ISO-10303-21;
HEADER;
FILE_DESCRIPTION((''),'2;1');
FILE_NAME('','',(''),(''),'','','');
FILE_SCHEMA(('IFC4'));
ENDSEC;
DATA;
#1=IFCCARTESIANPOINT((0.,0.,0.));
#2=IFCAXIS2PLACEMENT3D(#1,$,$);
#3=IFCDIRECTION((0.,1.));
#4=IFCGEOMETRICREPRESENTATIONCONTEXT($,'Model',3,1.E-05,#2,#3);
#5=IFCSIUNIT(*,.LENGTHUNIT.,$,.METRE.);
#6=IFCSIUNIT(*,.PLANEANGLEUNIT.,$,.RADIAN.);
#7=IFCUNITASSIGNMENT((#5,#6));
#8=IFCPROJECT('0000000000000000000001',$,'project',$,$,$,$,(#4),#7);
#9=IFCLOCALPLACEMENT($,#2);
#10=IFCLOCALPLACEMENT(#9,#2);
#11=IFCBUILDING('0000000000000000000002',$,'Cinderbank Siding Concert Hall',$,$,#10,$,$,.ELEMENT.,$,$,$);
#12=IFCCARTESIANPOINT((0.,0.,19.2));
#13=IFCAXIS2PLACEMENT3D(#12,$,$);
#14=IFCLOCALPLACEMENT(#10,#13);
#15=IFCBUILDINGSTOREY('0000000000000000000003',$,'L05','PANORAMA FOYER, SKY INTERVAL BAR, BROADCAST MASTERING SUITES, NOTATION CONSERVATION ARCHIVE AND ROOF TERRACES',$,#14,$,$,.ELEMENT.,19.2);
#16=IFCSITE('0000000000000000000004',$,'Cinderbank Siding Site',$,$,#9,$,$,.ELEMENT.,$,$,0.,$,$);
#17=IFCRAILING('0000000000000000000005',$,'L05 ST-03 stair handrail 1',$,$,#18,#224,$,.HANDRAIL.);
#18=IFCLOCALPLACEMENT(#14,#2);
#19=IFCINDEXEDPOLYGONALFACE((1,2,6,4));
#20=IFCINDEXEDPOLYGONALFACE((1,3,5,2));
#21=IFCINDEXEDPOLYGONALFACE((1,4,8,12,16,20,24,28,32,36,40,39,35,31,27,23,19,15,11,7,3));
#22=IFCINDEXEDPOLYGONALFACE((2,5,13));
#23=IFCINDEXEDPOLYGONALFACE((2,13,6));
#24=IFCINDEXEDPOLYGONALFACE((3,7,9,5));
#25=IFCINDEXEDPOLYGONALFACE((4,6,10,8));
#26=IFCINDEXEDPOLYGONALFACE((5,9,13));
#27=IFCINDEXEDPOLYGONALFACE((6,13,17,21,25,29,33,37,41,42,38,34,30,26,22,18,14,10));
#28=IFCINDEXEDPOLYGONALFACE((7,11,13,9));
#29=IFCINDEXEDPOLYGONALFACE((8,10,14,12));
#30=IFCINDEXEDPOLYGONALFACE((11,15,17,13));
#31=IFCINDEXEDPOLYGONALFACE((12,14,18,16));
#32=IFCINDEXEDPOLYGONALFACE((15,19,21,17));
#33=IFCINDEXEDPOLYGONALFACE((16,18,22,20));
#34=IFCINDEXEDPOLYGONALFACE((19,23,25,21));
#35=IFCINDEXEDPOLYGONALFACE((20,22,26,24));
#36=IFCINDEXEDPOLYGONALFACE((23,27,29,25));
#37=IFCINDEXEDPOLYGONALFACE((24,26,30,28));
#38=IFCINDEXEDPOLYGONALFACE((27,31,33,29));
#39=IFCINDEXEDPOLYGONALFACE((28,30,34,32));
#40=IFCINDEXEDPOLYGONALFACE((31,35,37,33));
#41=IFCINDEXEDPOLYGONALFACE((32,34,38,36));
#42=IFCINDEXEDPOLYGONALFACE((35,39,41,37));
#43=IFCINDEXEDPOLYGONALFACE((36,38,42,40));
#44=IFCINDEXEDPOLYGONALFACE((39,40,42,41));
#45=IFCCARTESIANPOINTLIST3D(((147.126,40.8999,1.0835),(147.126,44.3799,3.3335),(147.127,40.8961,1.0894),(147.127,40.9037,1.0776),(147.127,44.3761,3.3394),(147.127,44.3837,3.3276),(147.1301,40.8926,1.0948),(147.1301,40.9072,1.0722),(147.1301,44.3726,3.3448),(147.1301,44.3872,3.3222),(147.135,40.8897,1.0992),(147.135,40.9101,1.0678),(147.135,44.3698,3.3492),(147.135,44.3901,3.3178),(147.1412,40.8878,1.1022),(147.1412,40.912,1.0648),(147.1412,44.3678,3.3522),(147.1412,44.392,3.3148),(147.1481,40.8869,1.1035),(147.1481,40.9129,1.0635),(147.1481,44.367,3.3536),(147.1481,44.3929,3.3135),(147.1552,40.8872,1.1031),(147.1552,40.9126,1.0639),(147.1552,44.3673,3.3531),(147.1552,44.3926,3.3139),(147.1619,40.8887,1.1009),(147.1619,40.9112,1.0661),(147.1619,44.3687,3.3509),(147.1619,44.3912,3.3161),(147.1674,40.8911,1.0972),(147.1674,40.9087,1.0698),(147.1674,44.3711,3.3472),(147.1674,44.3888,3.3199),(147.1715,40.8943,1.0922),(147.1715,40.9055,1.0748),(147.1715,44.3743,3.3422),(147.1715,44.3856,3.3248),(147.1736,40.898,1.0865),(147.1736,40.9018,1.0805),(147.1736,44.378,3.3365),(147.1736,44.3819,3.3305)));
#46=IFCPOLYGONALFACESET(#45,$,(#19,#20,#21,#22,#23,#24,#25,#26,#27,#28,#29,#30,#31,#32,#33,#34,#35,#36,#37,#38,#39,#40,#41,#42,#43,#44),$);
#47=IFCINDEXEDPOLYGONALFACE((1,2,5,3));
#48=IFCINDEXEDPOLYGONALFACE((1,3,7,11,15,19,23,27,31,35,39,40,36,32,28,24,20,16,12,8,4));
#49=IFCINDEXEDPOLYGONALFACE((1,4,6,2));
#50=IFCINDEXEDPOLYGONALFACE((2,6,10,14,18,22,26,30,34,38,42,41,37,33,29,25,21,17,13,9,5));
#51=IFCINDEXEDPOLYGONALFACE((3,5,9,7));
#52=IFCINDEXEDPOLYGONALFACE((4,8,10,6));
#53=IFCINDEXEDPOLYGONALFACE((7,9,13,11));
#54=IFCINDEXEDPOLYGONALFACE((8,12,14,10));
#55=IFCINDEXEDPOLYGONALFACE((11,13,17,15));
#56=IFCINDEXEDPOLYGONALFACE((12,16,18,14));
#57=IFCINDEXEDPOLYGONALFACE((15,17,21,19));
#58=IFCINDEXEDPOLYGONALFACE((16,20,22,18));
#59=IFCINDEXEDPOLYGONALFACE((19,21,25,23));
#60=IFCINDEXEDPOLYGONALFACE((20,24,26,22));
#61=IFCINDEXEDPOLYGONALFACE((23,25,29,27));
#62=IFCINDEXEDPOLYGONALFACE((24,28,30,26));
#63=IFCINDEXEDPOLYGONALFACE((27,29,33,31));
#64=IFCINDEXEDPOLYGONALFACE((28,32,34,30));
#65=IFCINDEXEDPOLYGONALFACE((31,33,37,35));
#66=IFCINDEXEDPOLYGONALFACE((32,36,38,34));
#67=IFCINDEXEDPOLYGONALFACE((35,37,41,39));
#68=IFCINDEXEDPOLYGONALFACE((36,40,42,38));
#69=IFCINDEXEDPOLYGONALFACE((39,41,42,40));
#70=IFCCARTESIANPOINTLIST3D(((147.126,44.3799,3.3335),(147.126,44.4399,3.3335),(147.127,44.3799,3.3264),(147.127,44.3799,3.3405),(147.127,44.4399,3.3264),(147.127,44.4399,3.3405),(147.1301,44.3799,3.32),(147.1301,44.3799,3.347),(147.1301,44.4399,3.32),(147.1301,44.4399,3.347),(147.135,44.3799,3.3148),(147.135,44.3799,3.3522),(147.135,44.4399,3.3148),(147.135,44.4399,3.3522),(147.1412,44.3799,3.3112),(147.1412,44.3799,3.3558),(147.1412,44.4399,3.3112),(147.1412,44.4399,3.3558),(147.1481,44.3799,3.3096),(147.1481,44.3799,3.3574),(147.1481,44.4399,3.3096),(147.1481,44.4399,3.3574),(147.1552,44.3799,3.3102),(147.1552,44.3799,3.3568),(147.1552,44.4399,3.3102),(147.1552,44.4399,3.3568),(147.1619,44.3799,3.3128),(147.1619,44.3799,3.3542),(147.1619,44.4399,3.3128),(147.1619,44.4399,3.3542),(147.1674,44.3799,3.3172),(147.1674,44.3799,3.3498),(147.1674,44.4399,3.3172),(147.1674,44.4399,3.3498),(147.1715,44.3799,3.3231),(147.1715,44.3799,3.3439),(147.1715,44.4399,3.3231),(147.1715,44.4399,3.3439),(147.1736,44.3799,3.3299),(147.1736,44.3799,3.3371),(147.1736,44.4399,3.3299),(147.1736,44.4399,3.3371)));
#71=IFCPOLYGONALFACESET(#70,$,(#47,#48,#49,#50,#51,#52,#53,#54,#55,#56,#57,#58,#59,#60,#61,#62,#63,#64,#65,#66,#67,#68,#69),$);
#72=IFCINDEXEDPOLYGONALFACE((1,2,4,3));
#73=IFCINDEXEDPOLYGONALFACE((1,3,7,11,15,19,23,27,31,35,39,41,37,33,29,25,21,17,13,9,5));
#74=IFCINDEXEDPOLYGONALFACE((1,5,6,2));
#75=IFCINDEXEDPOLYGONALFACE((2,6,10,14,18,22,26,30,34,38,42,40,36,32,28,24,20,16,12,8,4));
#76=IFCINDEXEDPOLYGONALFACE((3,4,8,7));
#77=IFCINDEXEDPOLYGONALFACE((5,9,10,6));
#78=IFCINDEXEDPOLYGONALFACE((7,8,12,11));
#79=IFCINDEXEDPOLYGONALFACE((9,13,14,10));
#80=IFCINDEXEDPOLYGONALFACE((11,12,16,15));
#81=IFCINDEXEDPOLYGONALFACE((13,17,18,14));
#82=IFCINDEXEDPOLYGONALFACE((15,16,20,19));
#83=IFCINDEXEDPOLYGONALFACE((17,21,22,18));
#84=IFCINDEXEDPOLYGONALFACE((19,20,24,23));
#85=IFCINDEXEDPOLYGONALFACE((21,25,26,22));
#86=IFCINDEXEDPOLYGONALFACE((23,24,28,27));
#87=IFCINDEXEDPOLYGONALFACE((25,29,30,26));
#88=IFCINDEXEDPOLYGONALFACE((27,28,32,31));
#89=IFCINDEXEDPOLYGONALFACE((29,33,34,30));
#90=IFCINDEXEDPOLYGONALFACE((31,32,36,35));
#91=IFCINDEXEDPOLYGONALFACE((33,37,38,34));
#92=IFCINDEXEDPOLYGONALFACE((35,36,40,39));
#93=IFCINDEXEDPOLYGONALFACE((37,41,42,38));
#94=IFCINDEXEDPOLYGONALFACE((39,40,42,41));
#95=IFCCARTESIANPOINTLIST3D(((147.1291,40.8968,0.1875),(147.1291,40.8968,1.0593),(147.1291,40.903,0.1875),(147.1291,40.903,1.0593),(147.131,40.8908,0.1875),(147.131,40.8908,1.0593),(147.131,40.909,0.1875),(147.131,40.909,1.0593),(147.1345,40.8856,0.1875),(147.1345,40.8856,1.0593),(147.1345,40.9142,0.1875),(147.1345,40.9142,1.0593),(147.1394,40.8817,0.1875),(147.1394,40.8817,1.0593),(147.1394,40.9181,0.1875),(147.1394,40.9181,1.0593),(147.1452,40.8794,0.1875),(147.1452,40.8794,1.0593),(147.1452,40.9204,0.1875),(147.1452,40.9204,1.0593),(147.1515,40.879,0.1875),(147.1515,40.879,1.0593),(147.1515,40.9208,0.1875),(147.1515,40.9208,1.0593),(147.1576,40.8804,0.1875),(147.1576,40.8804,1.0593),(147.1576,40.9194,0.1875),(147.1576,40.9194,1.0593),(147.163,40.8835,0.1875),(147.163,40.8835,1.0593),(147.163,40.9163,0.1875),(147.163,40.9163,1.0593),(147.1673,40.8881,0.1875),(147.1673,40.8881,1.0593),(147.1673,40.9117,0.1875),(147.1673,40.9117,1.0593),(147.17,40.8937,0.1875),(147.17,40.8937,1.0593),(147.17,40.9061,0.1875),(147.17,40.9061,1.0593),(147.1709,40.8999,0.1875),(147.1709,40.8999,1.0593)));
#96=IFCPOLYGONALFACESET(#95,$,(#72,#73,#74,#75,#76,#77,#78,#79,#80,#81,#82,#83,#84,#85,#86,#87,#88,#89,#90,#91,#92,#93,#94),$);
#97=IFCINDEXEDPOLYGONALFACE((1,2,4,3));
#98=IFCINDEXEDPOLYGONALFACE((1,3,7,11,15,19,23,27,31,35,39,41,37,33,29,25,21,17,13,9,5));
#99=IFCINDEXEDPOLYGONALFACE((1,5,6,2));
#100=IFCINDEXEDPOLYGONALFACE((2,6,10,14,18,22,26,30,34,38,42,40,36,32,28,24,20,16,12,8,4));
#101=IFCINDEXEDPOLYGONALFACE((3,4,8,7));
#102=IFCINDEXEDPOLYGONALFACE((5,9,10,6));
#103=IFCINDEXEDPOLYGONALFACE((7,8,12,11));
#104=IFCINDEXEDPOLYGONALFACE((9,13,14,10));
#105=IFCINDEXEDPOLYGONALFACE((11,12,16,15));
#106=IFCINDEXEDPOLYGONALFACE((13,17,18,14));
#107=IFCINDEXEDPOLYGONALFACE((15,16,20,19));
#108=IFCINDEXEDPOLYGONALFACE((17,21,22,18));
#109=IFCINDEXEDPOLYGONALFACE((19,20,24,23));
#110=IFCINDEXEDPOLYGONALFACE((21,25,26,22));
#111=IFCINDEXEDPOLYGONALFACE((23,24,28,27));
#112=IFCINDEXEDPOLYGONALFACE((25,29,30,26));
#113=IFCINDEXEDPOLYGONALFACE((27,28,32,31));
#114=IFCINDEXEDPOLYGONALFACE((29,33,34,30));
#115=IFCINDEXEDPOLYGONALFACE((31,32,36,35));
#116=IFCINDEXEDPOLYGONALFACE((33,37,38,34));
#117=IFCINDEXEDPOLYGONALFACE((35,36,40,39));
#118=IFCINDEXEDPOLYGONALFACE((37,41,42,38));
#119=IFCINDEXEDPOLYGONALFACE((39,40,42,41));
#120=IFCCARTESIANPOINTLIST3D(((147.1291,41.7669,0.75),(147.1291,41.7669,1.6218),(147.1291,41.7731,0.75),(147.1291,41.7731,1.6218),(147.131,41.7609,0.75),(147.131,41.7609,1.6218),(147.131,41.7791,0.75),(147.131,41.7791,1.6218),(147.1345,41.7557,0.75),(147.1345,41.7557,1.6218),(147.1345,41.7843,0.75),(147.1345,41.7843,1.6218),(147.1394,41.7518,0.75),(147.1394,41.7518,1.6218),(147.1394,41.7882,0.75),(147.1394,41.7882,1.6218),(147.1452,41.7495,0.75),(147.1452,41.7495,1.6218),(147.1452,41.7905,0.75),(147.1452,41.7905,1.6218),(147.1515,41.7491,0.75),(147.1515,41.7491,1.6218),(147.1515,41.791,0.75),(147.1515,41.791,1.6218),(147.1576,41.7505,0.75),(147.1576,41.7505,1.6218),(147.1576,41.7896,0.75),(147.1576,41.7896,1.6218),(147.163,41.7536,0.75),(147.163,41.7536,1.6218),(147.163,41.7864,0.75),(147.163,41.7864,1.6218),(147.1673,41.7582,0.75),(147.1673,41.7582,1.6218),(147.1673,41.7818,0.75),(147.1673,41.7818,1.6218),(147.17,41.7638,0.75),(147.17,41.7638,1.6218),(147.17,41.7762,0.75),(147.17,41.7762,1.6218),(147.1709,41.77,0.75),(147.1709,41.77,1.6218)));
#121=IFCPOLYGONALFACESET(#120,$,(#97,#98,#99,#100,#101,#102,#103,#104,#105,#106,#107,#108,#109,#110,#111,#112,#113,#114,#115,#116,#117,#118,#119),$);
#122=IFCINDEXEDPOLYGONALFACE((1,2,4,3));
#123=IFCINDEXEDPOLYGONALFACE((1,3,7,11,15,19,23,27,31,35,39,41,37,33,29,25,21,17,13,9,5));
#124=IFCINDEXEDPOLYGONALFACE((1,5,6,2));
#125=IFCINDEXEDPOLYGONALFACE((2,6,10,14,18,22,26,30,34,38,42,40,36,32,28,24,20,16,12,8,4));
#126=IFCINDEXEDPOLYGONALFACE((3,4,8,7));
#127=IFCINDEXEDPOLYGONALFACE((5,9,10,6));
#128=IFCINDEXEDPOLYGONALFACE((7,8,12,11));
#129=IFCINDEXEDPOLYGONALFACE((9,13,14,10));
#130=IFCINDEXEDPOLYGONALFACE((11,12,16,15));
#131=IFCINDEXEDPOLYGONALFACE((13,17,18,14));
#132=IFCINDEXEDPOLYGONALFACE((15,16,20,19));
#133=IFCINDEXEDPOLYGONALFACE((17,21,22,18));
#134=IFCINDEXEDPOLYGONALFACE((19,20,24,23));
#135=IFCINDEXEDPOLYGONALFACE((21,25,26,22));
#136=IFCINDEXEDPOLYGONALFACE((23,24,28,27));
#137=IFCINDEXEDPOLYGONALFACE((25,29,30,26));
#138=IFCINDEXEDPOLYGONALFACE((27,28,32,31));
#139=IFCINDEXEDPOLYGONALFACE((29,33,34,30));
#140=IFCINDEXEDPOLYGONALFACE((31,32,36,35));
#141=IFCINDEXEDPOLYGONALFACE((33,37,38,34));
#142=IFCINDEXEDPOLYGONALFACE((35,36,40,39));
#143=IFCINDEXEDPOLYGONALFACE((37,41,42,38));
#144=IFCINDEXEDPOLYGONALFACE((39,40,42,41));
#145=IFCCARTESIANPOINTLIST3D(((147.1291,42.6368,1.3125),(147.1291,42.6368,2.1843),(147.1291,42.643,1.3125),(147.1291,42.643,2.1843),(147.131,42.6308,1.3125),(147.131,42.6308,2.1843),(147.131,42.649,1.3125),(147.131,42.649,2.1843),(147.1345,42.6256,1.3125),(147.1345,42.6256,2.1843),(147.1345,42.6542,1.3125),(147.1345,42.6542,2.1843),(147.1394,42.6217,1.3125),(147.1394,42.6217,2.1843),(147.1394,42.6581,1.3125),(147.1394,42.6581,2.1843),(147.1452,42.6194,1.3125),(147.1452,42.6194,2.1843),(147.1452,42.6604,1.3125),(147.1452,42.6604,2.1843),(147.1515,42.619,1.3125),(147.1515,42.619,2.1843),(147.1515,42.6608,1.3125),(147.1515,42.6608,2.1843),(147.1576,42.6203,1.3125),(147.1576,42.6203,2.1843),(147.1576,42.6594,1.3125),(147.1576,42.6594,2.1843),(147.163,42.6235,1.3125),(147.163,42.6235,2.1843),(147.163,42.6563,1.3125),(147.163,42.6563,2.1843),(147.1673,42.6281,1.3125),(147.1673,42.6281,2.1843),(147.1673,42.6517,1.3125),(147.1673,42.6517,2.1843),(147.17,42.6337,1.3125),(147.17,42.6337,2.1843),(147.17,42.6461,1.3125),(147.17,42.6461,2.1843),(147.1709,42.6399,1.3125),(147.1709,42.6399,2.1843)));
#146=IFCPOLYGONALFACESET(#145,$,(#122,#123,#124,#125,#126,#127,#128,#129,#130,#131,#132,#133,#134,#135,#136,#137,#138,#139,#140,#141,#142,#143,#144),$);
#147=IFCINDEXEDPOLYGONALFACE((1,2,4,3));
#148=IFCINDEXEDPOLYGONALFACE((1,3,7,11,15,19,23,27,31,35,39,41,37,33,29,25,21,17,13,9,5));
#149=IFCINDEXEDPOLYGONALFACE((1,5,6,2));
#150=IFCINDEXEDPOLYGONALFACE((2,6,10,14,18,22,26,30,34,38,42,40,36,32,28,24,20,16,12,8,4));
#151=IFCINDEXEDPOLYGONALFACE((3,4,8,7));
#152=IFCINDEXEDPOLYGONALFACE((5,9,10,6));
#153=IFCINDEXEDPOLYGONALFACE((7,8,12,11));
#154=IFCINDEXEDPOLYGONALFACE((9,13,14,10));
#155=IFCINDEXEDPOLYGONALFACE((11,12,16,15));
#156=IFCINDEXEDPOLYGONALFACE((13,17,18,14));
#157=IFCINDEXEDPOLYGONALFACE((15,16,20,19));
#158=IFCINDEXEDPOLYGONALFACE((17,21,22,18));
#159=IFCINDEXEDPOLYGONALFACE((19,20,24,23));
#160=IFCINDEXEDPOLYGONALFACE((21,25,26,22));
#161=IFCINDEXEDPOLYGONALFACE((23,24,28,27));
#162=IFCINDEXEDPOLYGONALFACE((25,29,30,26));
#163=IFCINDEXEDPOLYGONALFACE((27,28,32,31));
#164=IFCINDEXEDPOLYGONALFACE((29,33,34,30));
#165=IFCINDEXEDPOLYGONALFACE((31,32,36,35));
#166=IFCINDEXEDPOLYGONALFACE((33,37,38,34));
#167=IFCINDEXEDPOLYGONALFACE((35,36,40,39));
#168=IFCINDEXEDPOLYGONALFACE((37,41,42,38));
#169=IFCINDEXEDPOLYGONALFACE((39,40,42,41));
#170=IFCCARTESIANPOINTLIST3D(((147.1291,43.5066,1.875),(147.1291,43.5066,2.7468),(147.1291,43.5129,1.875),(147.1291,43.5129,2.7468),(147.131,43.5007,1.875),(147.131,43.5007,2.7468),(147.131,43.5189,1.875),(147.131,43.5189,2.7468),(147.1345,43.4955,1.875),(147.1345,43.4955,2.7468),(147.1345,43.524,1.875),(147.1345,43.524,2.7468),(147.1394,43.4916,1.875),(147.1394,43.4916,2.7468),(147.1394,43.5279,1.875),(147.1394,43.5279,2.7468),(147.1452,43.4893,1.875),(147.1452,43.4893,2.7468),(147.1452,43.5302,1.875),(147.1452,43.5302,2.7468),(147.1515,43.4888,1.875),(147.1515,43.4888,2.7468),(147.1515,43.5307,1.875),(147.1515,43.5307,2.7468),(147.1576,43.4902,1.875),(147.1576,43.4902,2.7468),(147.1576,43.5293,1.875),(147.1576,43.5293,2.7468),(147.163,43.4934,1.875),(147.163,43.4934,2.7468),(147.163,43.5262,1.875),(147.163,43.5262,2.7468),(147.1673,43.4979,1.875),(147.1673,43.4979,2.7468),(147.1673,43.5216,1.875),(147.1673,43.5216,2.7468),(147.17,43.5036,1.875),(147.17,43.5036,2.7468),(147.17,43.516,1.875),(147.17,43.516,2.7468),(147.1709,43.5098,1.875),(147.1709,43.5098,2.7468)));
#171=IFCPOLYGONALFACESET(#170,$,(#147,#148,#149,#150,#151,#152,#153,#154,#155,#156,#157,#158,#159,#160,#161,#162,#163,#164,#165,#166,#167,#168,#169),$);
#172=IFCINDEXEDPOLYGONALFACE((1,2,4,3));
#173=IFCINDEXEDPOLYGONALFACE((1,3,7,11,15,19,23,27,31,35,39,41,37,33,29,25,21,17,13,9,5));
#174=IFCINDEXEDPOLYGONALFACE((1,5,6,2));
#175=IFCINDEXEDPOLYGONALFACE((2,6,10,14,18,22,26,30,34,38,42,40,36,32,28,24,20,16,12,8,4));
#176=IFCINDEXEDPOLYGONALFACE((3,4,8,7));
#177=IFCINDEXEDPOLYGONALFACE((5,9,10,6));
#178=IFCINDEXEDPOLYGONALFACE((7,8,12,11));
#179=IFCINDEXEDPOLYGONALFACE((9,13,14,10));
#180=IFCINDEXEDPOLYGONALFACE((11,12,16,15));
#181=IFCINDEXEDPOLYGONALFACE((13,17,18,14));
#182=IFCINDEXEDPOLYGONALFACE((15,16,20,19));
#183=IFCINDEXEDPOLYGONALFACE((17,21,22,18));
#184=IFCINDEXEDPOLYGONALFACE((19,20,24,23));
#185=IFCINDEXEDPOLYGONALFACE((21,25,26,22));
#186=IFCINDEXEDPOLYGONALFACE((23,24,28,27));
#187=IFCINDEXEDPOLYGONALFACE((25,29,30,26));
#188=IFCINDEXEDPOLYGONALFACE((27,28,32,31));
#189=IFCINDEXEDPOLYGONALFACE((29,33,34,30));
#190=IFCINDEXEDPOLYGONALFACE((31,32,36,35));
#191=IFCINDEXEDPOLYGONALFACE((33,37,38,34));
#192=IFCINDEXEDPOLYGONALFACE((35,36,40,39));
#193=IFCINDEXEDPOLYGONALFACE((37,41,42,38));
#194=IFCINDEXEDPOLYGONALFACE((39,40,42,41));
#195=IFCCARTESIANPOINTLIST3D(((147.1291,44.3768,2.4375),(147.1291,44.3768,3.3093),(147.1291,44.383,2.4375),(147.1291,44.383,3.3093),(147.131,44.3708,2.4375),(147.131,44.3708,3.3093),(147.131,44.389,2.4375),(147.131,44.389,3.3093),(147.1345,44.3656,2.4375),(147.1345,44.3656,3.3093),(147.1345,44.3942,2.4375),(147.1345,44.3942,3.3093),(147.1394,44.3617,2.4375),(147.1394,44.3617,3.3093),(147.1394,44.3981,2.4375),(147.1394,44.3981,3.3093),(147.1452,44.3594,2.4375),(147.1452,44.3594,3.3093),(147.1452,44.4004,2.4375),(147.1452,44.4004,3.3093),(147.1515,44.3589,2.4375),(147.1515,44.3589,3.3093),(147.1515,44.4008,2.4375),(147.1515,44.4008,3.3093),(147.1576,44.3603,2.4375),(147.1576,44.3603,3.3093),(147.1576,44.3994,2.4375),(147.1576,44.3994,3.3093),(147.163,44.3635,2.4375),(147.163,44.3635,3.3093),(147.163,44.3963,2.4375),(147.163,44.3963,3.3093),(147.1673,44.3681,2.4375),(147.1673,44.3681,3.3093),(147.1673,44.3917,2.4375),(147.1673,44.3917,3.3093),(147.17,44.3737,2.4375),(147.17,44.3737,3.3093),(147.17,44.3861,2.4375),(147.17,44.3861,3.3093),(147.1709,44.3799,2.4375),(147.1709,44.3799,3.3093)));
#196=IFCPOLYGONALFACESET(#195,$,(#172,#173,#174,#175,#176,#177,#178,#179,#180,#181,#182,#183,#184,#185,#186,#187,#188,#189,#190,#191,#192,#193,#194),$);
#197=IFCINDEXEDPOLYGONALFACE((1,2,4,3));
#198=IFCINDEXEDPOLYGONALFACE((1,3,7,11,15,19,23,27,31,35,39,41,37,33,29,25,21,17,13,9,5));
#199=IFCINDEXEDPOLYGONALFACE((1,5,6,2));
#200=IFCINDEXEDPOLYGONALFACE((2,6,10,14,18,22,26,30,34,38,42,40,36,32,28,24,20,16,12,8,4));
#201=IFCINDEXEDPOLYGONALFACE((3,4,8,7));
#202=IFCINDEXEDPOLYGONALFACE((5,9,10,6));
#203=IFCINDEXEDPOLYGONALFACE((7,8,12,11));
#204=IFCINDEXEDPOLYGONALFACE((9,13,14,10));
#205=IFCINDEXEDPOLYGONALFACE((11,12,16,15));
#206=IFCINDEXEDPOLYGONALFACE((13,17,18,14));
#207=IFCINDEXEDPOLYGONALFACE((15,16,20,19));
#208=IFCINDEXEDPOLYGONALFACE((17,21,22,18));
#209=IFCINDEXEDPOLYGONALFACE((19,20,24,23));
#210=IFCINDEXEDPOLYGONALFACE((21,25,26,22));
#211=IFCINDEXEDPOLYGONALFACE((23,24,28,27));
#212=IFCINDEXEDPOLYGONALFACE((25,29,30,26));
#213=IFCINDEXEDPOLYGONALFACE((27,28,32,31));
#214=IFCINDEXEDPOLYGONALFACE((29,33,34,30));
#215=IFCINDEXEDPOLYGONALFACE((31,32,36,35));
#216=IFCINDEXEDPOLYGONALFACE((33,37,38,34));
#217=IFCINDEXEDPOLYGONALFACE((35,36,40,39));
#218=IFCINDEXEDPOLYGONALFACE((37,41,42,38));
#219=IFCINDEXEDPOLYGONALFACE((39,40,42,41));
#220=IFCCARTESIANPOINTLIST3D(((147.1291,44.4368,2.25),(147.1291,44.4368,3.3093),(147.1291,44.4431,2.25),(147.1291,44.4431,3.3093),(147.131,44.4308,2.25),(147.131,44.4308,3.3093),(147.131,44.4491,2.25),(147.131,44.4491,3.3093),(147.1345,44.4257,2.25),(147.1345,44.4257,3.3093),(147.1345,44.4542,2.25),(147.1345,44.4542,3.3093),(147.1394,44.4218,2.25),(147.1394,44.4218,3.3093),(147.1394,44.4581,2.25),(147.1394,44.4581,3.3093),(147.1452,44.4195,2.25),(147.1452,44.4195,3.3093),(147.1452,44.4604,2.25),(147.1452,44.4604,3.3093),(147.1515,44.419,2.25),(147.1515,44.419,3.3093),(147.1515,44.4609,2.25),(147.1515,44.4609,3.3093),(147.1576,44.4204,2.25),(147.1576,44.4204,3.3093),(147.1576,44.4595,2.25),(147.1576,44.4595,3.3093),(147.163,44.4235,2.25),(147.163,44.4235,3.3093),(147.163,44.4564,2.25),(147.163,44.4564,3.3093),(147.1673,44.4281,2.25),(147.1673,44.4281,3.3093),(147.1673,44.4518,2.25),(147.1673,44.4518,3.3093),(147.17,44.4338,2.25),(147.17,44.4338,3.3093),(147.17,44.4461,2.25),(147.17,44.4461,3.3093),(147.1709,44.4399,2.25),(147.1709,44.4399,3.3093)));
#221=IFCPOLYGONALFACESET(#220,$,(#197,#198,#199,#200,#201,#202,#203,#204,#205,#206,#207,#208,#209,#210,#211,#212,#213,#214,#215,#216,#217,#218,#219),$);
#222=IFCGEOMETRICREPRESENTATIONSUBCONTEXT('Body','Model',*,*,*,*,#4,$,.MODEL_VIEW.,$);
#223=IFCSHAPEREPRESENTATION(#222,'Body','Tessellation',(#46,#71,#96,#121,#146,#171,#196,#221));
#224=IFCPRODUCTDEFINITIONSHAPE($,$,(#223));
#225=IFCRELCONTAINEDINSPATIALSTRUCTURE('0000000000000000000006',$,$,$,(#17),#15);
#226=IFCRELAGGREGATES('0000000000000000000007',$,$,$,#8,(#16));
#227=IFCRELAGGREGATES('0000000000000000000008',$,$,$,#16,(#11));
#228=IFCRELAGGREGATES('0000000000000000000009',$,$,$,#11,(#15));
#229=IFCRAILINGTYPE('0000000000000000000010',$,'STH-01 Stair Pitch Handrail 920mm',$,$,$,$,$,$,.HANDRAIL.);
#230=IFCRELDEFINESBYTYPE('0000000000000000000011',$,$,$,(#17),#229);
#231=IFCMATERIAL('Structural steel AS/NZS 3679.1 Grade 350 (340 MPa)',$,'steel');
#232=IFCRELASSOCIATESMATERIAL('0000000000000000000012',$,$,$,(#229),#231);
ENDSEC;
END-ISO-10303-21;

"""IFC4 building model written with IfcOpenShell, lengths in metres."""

from ifc_helpers import new_model, si_unit, direction, frame, origin, origin_2d, place, context, subcontext, project, spatial, circle, extrude, material, type_object, element, save


model = new_model("IFC4")

# Units and contexts
model_context = context("Model", 3, precision=1e-05, world=origin(), true_north=direction((0.0, 1.0)))
body_context = subcontext(model_context, "Body", "Model", "MODEL_VIEW")
ifc_project = project(units=[si_unit("LENGTHUNIT", "METRE"), si_unit("PLANEANGLEUNIT", "RADIAN")], contexts=[model_context])

# Site, building, storey
site_placement = place(None, origin())
site = spatial("IfcSite", under=ifc_project, at=site_placement, Name="Cinderbank Siding Site", CompositionType="ELEMENT", RefElevation=0.0)
building_placement = place(site_placement, origin())
building = spatial("IfcBuilding", under=site, at=building_placement, Name="Cinderbank Siding Concert Hall", CompositionType="ELEMENT")
storey_placement = place(building_placement, frame((0.0, 0.0, 19.2)))
storey = spatial("IfcBuildingStorey", under=building, at=storey_placement, Name="L05", Description="PANORAMA FOYER, SKY INTERVAL BAR, BROADCAST MASTERING SUITES, NOTATION CONSERVATION ARCHIVE AND ROOF TERRACES", CompositionType="ELEMENT", Elevation=19.2)

# Shared definitions
ifc_material_1 = material(Name="Structural steel AS/NZS 3679.1 Grade 350 (340 MPa)", Category="steel")

# Railing
railing_type = type_object("IfcRailingType", Name="STH-01 Stair Pitch Handrail 920mm", PredefinedType="HANDRAIL", material=ifc_material_1)
railing_placement = place(storey_placement, frame((147.1499, 40.8999, 0.1875)))
element("IfcRailing", 1, at=railing_placement, inside=storey, type_object=railing_type, Name="L05 ST-03 stair handrail 1", PredefinedType="HANDRAIL", context=body_context, shape_type="SweptSolid", body=[
    extrude(circle(Radius=0.0239, at=origin_2d()), frame((0.0, 0.0, 0.896), z_axis=(0.0, 0.839763, 0.542953), x_axis=(-1.0, 0.0, 0.0)), (0.0, 0.0, 1.0), 4.144),
    extrude(circle(Radius=0.0239, at=origin_2d()), frame((0.0, 3.48, 3.146), z_axis=(0.0, 1.0, 0.0), x_axis=(-1.0, 0.0, 0.0)), (0.0, 0.0, 1.0), 0.0601),
    extrude(circle(Radius=0.021, at=origin_2d()), origin(), (0.0, 0.0, 1.0), 0.8718),
    extrude(circle(Radius=0.021, at=origin_2d()), frame((0.0, 0.8701, 0.5625)), (0.0, 0.0, 1.0), 0.8718),
    extrude(circle(Radius=0.021, at=origin_2d()), frame((0.0, 1.74, 1.125)), (0.0, 0.0, 1.0), 0.8718),
    extrude(circle(Radius=0.021, at=origin_2d()), frame((0.0, 2.6099, 1.6875)), (0.0, 0.0, 1.0), 0.8718),
    extrude(circle(Radius=0.021, at=origin_2d()), frame((0.0, 3.48, 2.25)), (0.0, 0.0, 1.0), 0.8718),
    extrude(circle(Radius=0.021, at=origin_2d()), frame((0.0, 3.54, 2.0625)), (0.0, 0.0, 1.0), 1.0593),
])

save(model, "model.ifc")
